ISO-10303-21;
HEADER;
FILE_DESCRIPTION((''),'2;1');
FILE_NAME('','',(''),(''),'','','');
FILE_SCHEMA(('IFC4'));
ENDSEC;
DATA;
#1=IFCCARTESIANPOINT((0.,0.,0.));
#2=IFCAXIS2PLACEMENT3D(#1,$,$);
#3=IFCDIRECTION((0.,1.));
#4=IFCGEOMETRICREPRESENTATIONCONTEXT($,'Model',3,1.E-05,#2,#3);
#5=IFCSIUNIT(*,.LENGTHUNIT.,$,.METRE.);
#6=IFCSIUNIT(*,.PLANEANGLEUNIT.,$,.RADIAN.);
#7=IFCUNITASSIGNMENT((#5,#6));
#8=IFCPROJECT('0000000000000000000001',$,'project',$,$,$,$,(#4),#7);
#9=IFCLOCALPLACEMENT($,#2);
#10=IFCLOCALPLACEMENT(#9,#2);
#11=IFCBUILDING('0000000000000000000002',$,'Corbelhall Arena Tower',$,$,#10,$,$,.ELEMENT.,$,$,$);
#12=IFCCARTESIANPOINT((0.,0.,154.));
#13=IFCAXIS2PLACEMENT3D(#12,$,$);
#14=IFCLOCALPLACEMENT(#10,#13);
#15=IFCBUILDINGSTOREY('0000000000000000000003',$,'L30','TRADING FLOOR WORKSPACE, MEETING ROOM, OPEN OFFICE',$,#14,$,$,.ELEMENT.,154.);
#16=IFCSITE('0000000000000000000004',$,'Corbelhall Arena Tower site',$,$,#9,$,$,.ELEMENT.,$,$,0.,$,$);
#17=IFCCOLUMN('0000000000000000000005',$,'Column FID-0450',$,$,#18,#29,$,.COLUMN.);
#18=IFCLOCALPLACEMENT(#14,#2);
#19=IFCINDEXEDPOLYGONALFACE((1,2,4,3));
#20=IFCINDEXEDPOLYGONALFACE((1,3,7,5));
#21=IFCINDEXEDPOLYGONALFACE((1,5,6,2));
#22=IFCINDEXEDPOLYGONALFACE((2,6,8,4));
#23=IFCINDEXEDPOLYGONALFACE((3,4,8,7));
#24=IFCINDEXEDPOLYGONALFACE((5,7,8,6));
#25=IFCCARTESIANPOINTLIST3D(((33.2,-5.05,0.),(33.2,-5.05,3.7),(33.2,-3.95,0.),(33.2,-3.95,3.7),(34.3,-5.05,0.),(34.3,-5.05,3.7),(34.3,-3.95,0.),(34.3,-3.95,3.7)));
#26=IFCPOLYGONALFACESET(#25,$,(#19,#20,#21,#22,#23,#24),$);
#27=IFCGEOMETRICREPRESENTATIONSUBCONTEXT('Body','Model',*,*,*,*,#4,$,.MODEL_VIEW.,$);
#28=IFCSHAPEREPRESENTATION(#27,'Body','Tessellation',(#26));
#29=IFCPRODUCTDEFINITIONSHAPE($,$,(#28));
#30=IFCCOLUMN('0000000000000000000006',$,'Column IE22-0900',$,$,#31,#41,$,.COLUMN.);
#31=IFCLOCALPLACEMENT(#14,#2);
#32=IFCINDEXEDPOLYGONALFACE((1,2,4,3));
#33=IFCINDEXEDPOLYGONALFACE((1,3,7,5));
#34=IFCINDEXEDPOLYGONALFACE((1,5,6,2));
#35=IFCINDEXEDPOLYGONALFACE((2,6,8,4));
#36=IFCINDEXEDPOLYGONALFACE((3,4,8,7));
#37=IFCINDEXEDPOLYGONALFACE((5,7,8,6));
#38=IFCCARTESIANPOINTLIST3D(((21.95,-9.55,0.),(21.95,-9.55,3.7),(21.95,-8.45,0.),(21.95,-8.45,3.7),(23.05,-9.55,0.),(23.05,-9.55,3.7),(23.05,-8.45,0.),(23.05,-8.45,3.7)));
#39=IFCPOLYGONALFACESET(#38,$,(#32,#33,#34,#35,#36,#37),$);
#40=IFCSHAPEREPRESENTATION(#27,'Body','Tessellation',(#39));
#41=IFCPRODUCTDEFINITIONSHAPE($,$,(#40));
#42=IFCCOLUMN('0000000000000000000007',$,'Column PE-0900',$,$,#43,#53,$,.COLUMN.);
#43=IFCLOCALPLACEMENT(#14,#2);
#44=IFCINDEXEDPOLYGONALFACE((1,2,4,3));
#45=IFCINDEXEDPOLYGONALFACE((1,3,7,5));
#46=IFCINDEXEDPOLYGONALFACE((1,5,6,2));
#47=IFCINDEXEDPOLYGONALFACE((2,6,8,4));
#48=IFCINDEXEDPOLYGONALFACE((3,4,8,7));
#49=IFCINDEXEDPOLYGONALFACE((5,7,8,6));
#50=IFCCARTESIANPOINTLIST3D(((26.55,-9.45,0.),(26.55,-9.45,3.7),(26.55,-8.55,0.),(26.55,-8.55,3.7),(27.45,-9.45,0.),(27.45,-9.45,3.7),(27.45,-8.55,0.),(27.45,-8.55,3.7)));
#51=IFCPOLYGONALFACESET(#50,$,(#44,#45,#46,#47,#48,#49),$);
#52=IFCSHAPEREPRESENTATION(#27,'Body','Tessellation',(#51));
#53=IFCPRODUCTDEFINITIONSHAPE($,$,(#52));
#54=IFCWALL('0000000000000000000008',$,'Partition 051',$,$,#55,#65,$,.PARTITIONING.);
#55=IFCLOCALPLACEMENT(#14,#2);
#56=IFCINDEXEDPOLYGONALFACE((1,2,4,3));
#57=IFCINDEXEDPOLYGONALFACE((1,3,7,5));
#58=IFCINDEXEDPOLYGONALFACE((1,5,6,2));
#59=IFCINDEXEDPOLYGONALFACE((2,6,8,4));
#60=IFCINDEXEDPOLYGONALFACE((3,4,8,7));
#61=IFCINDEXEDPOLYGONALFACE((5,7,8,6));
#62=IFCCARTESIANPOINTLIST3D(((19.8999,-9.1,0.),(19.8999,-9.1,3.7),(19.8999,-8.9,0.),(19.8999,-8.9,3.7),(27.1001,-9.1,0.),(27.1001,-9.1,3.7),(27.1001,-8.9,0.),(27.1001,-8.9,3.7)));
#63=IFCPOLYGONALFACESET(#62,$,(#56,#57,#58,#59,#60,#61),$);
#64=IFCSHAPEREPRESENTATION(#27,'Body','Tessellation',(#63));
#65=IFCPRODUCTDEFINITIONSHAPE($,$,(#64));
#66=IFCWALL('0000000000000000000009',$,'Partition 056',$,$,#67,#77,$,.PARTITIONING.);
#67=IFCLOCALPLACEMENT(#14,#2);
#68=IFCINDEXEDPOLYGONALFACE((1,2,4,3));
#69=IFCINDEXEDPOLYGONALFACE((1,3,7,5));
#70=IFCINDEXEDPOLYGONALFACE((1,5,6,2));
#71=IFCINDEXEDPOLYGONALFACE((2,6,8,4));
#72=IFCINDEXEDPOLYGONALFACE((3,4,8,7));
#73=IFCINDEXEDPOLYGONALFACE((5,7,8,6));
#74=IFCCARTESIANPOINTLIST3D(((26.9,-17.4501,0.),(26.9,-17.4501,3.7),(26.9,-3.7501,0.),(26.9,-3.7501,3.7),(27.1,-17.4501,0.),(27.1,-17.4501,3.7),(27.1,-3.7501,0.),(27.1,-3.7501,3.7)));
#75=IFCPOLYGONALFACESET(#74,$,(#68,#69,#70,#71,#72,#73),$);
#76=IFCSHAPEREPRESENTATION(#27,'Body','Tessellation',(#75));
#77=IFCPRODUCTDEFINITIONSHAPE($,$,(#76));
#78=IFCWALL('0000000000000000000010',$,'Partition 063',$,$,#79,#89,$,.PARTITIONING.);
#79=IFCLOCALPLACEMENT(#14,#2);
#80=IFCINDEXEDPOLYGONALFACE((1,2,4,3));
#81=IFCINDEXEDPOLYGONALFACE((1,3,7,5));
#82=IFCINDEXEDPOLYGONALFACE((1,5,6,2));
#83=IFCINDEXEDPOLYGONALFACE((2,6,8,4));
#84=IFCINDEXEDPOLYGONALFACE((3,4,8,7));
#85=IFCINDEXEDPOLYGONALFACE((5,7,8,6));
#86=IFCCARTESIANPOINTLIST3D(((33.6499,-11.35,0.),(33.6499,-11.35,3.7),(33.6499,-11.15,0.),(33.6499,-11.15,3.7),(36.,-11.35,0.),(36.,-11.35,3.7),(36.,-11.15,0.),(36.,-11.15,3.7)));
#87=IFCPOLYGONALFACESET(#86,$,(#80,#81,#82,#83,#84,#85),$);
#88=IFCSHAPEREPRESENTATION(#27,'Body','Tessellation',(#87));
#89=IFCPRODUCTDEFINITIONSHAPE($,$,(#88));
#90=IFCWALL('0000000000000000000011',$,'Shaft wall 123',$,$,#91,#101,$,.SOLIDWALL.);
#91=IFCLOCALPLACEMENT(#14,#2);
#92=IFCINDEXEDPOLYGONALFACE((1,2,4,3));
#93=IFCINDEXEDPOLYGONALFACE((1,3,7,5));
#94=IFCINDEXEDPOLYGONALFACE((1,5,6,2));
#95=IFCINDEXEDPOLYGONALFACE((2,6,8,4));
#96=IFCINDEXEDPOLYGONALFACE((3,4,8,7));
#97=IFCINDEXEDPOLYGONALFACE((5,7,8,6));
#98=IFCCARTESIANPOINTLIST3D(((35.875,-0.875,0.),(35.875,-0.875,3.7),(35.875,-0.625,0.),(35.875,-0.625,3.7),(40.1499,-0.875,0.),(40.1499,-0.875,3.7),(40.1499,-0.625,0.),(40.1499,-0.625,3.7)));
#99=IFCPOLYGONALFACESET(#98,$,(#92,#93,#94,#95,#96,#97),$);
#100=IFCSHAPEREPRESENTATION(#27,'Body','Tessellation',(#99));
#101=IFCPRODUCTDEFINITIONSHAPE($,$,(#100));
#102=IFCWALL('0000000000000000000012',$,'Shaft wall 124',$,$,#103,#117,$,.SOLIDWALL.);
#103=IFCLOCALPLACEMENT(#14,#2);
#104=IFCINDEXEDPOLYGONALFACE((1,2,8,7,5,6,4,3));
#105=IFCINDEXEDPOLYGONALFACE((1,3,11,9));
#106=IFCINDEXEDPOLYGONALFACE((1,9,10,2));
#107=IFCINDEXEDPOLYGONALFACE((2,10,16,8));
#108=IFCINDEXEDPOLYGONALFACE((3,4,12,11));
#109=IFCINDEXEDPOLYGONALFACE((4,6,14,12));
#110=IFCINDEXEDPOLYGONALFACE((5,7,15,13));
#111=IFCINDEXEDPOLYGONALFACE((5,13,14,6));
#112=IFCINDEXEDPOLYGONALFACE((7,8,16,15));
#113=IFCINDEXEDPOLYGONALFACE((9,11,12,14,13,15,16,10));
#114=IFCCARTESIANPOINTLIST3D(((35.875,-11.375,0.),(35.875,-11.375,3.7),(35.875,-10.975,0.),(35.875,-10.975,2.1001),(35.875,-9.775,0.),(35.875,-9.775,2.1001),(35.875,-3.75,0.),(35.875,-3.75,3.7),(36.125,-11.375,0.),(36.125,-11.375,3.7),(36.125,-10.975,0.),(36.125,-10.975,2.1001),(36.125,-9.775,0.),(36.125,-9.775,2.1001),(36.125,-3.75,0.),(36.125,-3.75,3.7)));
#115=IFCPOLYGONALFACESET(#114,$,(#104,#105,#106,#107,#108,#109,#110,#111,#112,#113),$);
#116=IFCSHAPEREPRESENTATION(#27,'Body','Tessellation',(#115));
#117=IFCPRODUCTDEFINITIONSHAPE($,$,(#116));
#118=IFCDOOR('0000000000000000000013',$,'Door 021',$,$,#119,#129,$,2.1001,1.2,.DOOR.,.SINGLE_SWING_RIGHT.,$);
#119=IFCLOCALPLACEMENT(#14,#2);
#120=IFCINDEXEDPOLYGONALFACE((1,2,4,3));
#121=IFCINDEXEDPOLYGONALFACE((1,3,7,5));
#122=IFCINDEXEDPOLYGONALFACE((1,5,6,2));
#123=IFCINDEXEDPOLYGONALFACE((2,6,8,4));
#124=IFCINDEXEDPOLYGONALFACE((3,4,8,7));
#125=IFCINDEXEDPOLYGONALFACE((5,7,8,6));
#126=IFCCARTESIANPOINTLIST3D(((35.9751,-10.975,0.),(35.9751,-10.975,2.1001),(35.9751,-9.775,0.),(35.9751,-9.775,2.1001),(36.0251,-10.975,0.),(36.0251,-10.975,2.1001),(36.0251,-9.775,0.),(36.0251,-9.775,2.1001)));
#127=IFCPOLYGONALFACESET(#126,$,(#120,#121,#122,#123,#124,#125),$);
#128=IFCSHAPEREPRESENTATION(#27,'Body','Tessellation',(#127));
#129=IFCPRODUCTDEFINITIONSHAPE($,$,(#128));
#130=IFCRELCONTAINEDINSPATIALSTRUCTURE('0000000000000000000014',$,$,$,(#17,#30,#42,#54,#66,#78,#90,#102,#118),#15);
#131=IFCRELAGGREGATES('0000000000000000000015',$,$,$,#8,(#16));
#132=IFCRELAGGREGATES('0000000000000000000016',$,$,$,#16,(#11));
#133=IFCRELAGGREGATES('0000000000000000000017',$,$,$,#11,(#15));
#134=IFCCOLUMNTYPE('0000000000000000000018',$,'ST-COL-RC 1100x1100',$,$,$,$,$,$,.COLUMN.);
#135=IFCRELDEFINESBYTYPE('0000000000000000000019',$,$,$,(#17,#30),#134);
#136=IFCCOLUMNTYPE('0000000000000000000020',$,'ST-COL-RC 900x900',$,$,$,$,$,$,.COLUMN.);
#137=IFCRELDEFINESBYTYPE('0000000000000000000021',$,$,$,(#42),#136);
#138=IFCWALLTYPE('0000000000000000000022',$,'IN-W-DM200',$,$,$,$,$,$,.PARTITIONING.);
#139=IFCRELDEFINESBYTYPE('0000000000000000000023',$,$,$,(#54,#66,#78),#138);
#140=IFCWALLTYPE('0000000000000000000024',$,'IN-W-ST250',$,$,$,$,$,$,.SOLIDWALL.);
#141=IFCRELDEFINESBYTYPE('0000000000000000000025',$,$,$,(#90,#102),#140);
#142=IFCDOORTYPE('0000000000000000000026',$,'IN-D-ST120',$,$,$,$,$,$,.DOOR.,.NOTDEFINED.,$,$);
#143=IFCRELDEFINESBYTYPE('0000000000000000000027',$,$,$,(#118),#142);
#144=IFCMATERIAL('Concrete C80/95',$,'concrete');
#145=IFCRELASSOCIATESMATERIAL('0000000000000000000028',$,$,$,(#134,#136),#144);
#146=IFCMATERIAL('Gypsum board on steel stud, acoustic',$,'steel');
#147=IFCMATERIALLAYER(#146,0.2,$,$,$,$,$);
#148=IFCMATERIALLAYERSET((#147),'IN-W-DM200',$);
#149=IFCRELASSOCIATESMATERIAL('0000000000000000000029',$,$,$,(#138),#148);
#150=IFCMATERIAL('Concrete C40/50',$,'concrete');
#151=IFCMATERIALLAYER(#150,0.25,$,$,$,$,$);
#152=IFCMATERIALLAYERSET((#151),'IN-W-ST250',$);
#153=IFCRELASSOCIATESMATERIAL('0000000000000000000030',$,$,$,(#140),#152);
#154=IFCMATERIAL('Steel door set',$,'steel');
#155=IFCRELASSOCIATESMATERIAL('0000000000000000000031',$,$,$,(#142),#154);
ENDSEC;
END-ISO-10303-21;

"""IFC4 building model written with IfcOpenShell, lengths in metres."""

from ifc_helpers import new_model, si_unit, direction, frame, frame_2d, origin, origin_2d, place, context, subcontext, project, spatial, rectangle, extrude, material, layer, layer_set, material_profile, profile_set, type_object, element, fill, save


model = new_model("IFC4")

# Units and contexts
model_context = context("Model", 3, precision=1e-05, world=origin(), true_north=direction((0.0, 1.0)))
body_context = subcontext(model_context, "Body", "Model", "MODEL_VIEW")
ifc_project = project(units=[si_unit("LENGTHUNIT", "METRE"), si_unit("PLANEANGLEUNIT", "RADIAN")], contexts=[model_context])

# Site, building, storey
site_placement = place(None, origin())
site = spatial("IfcSite", under=ifc_project, at=site_placement, Name="Corbelhall Arena Tower site", CompositionType="ELEMENT", RefElevation=0.0)
building_placement = place(site_placement, origin())
building = spatial("IfcBuilding", under=site, at=building_placement, Name="Corbelhall Arena Tower", CompositionType="ELEMENT")
storey_placement = place(building_placement, frame((0.0, 0.0, 154.0)))
storey = spatial("IfcBuildingStorey", under=building, at=storey_placement, Name="L30", Description="TRADING FLOOR WORKSPACE, MEETING ROOM, OPEN OFFICE", CompositionType="ELEMENT", Elevation=154.0)

# Columns
ifc_material_1 = material(Name="Concrete C80/95", Category="concrete")
ifc_material_profile_1 = material_profile(ifc_material_1, rectangle(XDim=1.1001, YDim=1.1001, at=origin_2d()))
ifc_profile_set_1 = profile_set([ifc_material_profile_1], Name="Concrete C80/95")
column_type_1 = type_object("IfcColumnType", Name="ST-COL-RC 1100x1100", PredefinedType="COLUMN", material=ifc_profile_set_1)
for number, where, z_axis, x_axis, name in (
    (1, (33.75, -4.5, 0.0), (0.0, 0.0, 1.0), (1.0, 0.0, 0.0), "Column FID-0450"),
    (2, (22.5, -9.0, 0.0), (0.0, 0.0, 1.0), (1.0, 0.0, 0.0), "Column IE22-0900"),
):
    element("IfcColumn", number, at=place(storey_placement, frame(where, z_axis=z_axis, x_axis=x_axis)), inside=storey, type_object=column_type_1, Name=name, PredefinedType="COLUMN", context=body_context, shape_type="SweptSolid", body=[
        extrude(rectangle(XDim=1.1001, YDim=1.1001, at=origin_2d()), origin(), (0.0, 0.0, 1.0), 3.7),
    ])
ifc_material_profile_2 = material_profile(ifc_material_1, rectangle(XDim=0.8999, YDim=0.8999, at=origin_2d()))
ifc_profile_set_2 = profile_set([ifc_material_profile_2], Name="Concrete C80/95")
column_type_2 = type_object("IfcColumnType", Name="ST-COL-RC 900x900", PredefinedType="COLUMN", material=ifc_profile_set_2)
column_placement = place(storey_placement, frame((27.0, -9.0, 0.0), z_axis=(0.0, 0.0, 1.0), x_axis=(1.0, 0.0, 0.0)))
element("IfcColumn", 3, at=column_placement, inside=storey, type_object=column_type_2, Name="Column PE-0900", PredefinedType="COLUMN", context=body_context, shape_type="SweptSolid", body=[
    extrude(rectangle(XDim=0.8999, YDim=0.8999, at=origin_2d()), origin(), (0.0, 0.0, 1.0), 3.7),
])

# Shared definitions
ifc_material_2 = material(Name="Gypsum board on steel stud, acoustic", Category="steel")
ifc_layer_1 = layer(ifc_material_2, 0.2)
ifc_layer_set_1 = layer_set([ifc_layer_1], Name="IN-W-DM200")
wall_type_1 = type_object("IfcWallType", Name="IN-W-DM200", PredefinedType="PARTITIONING", material=ifc_layer_set_1)
ifc_material_3 = material(Name="Steel door set", Category="steel")

# Wall
wall_1_placement = place(storey_placement, frame((19.8999, -9.0, 0.0), z_axis=(0.0, 0.0, 1.0), x_axis=(1.0, 0.0, 0.0)))
element("IfcWall", 4, at=wall_1_placement, inside=storey, type_object=wall_type_1, Name="Partition 051", PredefinedType="PARTITIONING", context=body_context, shape_type="SweptSolid", body=[
    extrude(rectangle(XDim=7.2002, YDim=0.2, at=frame_2d((3.6001, 0.0))), origin(), (0.0, 0.0, 1.0), 3.7),
])

# Wall
wall_2_placement = place(storey_placement, frame((27.0, -3.75, 0.0), z_axis=(0.0, 0.0, 1.0), x_axis=(0.0, -1.0, 0.0)))
element("IfcWall", 5, at=wall_2_placement, inside=storey, type_object=wall_type_1, Name="Partition 056", PredefinedType="PARTITIONING", context=body_context, shape_type="SweptSolid", body=[
    extrude(rectangle(XDim=13.7, YDim=0.2, at=frame_2d((6.8501, 0.0))), origin(), (0.0, 0.0, 1.0), 3.7),
])

# Walls
wall_3_placement = place(storey_placement, frame((36.0, -11.25, 0.0), z_axis=(0.0, 0.0, 1.0), x_axis=(-1.0, 0.0, 0.0)))
element("IfcWall", 6, at=wall_3_placement, inside=storey, type_object=wall_type_1, Name="Partition 063", PredefinedType="PARTITIONING", context=body_context, shape_type="SweptSolid", body=[
    extrude(rectangle(XDim=2.3501, YDim=0.2, at=frame_2d((1.175, 0.0))), origin(), (0.0, 0.0, 1.0), 3.7),
])
ifc_material_4 = material(Name="Concrete C40/50", Category="concrete")
ifc_layer_2 = layer(ifc_material_4, 0.25)
ifc_layer_set_2 = layer_set([ifc_layer_2], Name="IN-W-ST250")
wall_type_2 = type_object("IfcWallType", Name="IN-W-ST250", PredefinedType="SOLIDWALL", material=ifc_layer_set_2)
wall_4_placement = place(storey_placement, frame((35.875, -0.75, 0.0), z_axis=(0.0, 0.0, 1.0), x_axis=(1.0, 0.0, 0.0)))
element("IfcWall", 7, at=wall_4_placement, inside=storey, type_object=wall_type_2, Name="Shaft wall 123", PredefinedType="SOLIDWALL", context=body_context, shape_type="SweptSolid", body=[
    extrude(rectangle(XDim=4.2749, YDim=0.25, at=frame_2d((2.1375, 0.0))), origin(), (0.0, 0.0, 1.0), 3.7),
])

# Wall, opening, door
wall_5_placement = place(storey_placement, frame((36.0, -11.375, 0.0), z_axis=(0.0, 0.0, 1.0), x_axis=(0.0, 1.0, 0.0)))
wall_5 = element("IfcWall", 8, at=wall_5_placement, inside=storey, type_object=wall_type_2, Name="Shaft wall 124", PredefinedType="SOLIDWALL", context=body_context, shape_type="SweptSolid", body=[
    extrude(rectangle(XDim=7.625, YDim=0.25, at=frame_2d((3.8125, 0.0))), origin(), (0.0, 0.0, 1.0), 3.7),
])
opening_1_placement = place(wall_5_placement, frame((0.3999, 0.0, 0.0)))
opening_1 = element("IfcOpeningElement", 9, at=opening_1_placement, cuts=wall_5, PredefinedType="OPENING", context=body_context, shape_type="SweptSolid", body=[
    extrude(rectangle(XDim=1.2, YDim=2.1001, at=frame_2d((0.6001, 1.05))), frame((0.0, 0.125, 0.0), z_axis=(0.0, -1.0, 0.0), x_axis=(1.0, 0.0, 0.0)), (0.0, 0.0, 1.0), 0.25),
])
door_type_1 = type_object("IfcDoorType", Name="IN-D-ST120", OperationType="NOTDEFINED", PredefinedType="DOOR", material=ifc_material_3)
door_1_placement = place(opening_1_placement, origin())
door_1 = element("IfcDoor", 10, at=door_1_placement, inside=storey, type_object=door_type_1, Name="Door 021", OperationType="SINGLE_SWING_RIGHT", OverallHeight=2.1001, OverallWidth=1.2, PredefinedType="DOOR", context=body_context, shape_type="SweptSolid", body=[
    extrude(rectangle(XDim=1.2, YDim=2.1001, at=frame_2d((0.6001, 1.05))), frame((0.0, 0.0249, 0.0), z_axis=(0.0, -1.0, 0.0), x_axis=(1.0, 0.0, 0.0)), (0.0, 0.0, 1.0), 0.05),
])
fill(opening_1, door_1)

save(model, "model.ifc")
